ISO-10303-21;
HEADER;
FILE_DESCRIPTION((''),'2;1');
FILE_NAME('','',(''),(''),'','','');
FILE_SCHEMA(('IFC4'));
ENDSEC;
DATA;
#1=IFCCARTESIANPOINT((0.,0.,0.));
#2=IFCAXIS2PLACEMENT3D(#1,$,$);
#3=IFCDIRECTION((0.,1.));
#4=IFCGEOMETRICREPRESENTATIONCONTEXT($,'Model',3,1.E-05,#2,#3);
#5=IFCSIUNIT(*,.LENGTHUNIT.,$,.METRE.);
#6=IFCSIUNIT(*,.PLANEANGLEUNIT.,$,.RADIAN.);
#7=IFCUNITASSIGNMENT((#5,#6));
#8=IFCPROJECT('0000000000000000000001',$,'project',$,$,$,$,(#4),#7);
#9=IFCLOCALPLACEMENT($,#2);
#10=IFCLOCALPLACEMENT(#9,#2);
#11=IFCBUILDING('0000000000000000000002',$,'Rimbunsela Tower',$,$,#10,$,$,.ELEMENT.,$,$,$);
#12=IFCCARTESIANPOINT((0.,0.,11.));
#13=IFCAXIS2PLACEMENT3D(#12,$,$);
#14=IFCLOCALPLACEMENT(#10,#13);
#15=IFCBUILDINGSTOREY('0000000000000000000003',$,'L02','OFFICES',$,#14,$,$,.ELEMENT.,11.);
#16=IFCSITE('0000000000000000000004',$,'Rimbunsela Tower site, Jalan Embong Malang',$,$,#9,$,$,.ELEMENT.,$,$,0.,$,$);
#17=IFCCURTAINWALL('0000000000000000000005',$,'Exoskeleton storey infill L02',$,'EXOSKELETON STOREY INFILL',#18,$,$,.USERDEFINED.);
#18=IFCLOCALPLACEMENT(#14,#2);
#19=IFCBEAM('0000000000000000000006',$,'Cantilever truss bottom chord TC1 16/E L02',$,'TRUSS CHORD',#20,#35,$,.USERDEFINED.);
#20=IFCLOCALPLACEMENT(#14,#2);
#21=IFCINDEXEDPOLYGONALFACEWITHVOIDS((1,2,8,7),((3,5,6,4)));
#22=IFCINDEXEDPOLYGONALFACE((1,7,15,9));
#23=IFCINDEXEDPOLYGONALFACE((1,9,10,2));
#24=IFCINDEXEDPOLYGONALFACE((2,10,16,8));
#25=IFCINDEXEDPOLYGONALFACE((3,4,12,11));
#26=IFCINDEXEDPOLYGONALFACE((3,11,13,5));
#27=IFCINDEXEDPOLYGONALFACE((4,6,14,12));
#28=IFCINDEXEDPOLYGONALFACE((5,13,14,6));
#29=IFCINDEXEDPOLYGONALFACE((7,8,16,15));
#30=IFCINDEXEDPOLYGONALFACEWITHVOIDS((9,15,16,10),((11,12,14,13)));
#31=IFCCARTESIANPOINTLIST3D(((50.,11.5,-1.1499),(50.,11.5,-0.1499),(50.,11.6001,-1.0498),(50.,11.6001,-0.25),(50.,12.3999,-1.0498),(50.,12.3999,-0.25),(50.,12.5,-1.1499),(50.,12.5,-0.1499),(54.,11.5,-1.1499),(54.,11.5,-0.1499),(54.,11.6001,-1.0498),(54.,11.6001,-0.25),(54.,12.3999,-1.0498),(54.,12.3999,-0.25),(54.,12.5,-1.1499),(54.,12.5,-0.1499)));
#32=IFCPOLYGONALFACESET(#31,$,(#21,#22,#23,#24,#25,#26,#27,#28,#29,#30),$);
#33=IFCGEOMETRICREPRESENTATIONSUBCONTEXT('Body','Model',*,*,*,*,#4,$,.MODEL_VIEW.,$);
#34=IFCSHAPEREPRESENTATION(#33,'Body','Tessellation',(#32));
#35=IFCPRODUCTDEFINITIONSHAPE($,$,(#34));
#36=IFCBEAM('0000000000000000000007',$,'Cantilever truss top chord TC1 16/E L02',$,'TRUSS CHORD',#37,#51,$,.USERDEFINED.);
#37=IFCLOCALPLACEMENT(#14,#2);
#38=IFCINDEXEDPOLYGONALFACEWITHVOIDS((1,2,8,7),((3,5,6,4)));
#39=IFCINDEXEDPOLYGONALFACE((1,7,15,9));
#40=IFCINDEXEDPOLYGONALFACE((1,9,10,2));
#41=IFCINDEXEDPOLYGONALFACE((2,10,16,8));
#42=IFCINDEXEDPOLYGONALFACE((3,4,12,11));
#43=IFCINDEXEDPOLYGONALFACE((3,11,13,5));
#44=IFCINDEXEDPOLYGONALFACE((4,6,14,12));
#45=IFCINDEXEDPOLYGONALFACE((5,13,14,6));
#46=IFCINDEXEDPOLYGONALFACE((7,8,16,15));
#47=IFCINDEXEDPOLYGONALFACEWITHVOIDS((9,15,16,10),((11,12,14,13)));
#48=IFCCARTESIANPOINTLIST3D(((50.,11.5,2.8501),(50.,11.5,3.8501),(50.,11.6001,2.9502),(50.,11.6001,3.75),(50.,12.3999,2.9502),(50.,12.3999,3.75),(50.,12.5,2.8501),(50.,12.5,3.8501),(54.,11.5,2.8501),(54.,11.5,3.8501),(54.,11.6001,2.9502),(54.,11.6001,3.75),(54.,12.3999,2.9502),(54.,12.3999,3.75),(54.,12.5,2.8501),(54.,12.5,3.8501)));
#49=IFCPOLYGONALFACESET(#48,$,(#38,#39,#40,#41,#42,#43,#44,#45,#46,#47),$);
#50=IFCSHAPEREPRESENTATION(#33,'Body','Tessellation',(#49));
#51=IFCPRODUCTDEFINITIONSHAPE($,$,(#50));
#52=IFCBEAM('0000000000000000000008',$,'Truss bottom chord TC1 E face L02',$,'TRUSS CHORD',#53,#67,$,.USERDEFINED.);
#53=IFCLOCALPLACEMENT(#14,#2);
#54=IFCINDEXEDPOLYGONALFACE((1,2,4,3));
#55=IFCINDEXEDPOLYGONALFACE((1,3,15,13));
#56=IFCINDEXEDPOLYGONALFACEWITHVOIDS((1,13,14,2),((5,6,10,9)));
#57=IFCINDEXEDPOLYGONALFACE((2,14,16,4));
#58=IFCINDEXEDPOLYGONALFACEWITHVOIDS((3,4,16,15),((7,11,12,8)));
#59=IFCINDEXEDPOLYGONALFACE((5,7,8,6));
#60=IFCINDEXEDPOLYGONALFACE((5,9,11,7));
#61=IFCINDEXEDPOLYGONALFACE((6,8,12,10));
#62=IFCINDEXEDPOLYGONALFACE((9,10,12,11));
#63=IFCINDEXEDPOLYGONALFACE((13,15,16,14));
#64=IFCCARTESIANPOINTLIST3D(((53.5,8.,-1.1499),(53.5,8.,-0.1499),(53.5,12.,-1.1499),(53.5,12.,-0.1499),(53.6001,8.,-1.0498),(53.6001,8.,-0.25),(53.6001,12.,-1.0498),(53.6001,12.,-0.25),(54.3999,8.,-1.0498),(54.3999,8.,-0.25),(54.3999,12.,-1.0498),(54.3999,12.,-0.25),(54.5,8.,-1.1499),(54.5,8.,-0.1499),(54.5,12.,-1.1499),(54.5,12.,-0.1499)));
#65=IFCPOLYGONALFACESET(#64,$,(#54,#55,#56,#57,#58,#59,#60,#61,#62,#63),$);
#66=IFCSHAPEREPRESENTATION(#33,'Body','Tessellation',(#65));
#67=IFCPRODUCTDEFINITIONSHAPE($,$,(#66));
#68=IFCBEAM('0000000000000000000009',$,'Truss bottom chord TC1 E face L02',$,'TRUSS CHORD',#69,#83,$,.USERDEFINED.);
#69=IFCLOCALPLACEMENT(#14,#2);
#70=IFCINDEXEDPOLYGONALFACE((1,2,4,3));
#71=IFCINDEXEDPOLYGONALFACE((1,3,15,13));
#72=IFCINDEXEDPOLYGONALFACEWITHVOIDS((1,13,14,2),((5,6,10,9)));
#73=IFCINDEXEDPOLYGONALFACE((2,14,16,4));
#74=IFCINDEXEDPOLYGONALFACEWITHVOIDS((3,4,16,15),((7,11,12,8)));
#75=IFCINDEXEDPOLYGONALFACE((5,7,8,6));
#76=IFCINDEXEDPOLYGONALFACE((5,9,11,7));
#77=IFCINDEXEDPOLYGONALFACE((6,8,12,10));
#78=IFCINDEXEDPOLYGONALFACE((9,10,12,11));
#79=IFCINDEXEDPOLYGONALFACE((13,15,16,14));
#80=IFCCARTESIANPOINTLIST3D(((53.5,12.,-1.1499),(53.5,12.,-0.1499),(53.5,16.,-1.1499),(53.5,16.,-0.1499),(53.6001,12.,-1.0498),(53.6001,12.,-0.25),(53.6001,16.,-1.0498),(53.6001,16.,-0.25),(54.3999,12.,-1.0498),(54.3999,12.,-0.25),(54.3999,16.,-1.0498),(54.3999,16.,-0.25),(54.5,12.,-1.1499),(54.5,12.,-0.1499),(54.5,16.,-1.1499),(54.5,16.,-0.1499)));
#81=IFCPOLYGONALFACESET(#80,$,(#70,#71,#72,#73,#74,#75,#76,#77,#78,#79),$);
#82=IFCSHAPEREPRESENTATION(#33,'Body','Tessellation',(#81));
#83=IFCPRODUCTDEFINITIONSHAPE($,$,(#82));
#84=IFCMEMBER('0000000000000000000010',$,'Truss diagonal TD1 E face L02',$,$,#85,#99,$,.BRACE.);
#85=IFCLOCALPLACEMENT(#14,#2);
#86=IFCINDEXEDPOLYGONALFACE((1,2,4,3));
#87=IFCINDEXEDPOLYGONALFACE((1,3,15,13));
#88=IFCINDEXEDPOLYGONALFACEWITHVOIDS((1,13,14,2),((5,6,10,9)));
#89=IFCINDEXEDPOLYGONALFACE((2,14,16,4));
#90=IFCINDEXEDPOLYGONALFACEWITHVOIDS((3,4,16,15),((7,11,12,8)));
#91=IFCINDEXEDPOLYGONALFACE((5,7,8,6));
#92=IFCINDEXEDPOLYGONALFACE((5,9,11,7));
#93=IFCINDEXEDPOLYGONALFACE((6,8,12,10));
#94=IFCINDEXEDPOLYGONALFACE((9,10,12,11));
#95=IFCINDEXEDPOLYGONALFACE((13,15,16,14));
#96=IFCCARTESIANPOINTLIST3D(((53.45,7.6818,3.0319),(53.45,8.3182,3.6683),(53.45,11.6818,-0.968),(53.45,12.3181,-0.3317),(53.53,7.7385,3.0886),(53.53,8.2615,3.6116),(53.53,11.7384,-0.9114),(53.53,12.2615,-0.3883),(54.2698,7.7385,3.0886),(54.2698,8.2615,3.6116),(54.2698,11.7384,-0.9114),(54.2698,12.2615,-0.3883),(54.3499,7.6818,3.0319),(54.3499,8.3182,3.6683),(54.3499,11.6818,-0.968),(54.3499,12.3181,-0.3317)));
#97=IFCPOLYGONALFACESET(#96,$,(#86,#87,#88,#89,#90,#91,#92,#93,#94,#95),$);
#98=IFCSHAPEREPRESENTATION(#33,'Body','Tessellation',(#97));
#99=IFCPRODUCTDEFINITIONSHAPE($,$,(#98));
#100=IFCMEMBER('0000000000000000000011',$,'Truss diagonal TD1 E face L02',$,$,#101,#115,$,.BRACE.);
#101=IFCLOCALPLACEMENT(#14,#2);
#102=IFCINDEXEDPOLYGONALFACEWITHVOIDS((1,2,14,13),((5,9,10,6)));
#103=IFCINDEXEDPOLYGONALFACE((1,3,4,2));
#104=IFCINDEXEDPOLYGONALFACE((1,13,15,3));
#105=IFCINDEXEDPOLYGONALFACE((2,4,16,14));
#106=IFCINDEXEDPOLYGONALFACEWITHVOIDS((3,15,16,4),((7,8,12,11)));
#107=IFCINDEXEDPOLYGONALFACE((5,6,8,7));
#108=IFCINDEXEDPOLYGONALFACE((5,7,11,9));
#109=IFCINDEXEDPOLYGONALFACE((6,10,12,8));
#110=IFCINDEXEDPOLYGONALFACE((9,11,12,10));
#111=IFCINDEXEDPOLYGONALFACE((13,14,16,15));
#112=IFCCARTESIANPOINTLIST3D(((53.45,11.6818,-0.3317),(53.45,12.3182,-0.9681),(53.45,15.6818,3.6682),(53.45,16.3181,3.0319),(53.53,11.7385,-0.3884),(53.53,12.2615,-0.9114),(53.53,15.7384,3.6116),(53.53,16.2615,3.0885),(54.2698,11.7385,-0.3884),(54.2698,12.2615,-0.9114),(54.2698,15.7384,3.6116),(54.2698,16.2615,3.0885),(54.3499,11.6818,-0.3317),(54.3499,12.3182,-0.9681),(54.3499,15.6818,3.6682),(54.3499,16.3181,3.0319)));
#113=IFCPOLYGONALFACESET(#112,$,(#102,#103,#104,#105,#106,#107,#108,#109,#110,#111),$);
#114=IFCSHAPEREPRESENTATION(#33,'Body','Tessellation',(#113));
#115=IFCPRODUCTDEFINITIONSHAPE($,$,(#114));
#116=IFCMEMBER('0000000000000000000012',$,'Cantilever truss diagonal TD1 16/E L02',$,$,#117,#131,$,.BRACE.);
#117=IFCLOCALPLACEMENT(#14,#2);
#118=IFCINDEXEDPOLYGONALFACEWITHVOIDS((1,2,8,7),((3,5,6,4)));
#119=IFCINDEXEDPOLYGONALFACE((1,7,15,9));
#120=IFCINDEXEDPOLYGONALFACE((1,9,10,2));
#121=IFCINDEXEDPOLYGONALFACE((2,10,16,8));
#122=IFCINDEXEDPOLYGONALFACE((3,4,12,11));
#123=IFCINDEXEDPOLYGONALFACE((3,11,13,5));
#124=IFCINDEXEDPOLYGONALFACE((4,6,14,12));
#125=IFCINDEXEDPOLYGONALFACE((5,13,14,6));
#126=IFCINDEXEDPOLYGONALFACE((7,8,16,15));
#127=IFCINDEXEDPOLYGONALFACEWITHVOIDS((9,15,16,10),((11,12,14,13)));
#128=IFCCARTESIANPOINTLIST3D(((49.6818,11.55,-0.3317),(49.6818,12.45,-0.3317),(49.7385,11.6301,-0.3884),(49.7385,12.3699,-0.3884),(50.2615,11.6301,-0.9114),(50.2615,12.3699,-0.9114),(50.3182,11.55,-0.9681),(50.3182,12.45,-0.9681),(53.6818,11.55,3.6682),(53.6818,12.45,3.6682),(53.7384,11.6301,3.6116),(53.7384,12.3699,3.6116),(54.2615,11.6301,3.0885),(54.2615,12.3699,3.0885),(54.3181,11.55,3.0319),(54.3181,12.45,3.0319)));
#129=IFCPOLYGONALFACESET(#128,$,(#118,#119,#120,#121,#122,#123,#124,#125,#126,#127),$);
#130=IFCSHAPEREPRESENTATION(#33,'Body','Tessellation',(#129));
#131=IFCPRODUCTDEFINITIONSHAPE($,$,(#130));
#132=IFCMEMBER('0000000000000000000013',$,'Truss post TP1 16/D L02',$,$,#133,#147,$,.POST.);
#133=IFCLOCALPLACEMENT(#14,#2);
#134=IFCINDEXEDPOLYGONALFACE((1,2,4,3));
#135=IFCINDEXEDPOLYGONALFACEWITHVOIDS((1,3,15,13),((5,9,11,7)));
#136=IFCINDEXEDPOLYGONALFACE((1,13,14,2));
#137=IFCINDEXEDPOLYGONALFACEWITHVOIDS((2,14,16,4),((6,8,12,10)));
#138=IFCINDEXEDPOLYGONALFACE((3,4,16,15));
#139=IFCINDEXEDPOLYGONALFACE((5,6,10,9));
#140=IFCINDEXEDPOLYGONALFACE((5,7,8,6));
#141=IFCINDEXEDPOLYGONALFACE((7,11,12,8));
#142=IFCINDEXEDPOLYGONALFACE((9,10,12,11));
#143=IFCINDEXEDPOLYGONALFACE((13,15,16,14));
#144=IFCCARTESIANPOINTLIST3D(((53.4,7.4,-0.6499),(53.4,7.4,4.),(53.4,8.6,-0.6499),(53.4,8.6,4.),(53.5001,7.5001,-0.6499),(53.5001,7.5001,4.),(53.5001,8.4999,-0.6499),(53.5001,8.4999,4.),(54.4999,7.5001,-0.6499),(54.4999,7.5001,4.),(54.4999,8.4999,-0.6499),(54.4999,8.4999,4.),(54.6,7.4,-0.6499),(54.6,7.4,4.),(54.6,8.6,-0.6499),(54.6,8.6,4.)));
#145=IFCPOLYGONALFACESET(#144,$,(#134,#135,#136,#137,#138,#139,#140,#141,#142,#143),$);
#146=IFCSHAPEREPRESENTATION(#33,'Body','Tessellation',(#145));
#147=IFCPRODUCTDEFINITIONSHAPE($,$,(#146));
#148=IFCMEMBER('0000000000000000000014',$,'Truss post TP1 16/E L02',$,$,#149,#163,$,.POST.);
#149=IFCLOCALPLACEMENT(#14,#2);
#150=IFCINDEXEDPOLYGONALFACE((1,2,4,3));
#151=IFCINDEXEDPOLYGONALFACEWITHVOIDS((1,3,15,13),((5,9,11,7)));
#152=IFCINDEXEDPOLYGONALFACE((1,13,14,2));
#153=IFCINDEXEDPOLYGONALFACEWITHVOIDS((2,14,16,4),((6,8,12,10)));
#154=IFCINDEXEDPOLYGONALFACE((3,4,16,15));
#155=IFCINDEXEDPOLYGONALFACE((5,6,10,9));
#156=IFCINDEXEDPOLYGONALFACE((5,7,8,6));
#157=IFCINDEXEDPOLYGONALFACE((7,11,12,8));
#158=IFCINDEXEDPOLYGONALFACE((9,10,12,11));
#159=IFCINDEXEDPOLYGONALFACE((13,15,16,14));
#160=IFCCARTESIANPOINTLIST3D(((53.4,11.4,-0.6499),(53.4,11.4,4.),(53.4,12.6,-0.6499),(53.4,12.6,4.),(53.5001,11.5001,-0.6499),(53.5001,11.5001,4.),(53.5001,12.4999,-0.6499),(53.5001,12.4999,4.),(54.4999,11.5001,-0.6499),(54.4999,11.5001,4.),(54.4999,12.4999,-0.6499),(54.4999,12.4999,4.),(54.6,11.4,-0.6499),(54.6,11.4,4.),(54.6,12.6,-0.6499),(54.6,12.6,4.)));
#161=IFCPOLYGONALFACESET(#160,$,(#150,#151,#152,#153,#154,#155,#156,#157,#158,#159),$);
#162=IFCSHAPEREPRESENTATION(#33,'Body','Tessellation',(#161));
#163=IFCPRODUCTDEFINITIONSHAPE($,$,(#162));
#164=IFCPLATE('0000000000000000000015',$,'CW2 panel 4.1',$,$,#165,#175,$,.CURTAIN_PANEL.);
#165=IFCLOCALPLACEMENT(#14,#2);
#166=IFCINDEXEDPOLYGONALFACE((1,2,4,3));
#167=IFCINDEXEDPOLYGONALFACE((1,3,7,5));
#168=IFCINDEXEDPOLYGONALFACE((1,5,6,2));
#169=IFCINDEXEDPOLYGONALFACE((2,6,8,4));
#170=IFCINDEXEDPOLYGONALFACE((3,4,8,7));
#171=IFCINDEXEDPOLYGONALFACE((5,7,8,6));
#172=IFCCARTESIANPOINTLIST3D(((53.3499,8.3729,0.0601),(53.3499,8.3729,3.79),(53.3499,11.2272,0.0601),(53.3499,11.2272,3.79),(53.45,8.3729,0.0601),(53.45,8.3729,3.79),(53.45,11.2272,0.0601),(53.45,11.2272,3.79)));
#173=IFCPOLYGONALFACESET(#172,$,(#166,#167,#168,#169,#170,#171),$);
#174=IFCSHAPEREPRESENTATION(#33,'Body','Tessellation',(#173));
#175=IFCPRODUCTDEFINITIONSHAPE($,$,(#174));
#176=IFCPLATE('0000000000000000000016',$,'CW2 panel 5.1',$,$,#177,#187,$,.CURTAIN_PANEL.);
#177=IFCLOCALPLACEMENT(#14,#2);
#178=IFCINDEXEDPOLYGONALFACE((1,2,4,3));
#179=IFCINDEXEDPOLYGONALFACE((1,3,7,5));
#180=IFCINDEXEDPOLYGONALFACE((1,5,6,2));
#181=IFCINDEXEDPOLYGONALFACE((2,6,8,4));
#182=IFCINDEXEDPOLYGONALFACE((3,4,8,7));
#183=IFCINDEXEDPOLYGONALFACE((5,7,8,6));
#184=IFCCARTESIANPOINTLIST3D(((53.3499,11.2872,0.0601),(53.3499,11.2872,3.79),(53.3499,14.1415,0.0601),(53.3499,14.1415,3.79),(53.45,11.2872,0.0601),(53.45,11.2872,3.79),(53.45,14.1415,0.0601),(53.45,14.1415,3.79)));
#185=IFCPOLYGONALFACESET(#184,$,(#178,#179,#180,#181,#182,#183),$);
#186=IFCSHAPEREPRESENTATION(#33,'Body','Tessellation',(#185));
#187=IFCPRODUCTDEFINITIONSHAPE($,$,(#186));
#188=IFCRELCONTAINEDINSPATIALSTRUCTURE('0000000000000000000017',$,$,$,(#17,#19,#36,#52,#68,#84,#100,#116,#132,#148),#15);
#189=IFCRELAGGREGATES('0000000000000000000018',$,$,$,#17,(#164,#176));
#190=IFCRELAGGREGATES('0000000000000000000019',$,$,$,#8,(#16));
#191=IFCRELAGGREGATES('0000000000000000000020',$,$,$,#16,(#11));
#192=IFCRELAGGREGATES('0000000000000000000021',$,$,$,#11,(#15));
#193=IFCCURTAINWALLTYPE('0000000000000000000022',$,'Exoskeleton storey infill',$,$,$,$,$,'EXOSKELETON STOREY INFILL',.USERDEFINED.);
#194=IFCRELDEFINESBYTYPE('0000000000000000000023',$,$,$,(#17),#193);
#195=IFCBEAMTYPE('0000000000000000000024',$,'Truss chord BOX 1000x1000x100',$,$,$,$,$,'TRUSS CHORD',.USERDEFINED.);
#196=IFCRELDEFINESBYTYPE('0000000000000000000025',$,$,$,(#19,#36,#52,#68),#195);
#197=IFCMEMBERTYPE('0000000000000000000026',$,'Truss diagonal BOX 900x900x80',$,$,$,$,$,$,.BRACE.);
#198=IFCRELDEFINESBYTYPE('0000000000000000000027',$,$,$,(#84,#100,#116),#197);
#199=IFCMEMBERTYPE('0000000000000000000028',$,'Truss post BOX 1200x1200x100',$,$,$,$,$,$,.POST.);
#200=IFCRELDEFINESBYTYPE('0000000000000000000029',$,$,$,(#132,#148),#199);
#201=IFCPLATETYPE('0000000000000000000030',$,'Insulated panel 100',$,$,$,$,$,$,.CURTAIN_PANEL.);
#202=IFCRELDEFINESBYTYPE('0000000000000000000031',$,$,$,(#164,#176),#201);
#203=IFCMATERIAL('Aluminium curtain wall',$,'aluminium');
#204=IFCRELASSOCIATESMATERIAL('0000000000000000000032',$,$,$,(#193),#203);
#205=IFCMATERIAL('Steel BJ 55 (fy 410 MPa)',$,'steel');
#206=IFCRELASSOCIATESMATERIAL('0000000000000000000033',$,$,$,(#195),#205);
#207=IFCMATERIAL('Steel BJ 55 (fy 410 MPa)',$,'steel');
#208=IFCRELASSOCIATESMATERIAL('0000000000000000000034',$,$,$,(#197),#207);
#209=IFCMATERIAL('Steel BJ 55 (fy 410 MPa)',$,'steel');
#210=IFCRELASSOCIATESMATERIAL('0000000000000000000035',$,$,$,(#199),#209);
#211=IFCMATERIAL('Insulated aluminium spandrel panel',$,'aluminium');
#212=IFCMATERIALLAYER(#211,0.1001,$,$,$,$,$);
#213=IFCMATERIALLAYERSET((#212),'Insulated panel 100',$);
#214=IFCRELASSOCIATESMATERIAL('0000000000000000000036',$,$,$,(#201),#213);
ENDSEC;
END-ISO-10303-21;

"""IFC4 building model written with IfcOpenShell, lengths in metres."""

from ifc_helpers import new_model, si_unit, direction, frame, origin, origin_2d, place, context, subcontext, project, spatial, rectangle, hollow_rectangle, extrude, material, layer, layer_set, material_profile, profile_set, type_object, element, aggregate, save


model = new_model("IFC4")

# Units and contexts
model_context = context("Model", 3, precision=1e-05, world=origin(), true_north=direction((0.0, 1.0)))
body_context = subcontext(model_context, "Body", "Model", "MODEL_VIEW")
ifc_project = project(units=[si_unit("LENGTHUNIT", "METRE"), si_unit("PLANEANGLEUNIT", "RADIAN")], contexts=[model_context])

# Site, building, storey
site_placement = place(None, origin())
site = spatial("IfcSite", under=ifc_project, at=site_placement, Name="Rimbunsela Tower site, Jalan Embong Malang", CompositionType="ELEMENT", RefElevation=0.0)
building_placement = place(site_placement, origin())
building = spatial("IfcBuilding", under=site, at=building_placement, Name="Rimbunsela Tower", CompositionType="ELEMENT")
storey_placement = place(building_placement, frame((0.0, 0.0, 11.0)))
storey = spatial("IfcBuildingStorey", under=building, at=storey_placement, Name="L02", Description="OFFICES", CompositionType="ELEMENT", Elevation=11.0)

# Curtain wall
ifc_material_1 = material(Name="Aluminium curtain wall", Category="aluminium")
curtain_wall_type = type_object("IfcCurtainWallType", Name="Exoskeleton storey infill", ElementType="EXOSKELETON STOREY INFILL", PredefinedType="USERDEFINED", material=ifc_material_1)
curtain_wall_placement = place(storey_placement, origin())
curtain_wall = element("IfcCurtainWall", 1, at=curtain_wall_placement, inside=storey, type_object=curtain_wall_type, Name="Exoskeleton storey infill L02", ObjectType="EXOSKELETON STOREY INFILL", PredefinedType="USERDEFINED")

# Beams
ifc_material_2 = material(Name="Steel BJ 55 (fy 410 MPa)", Category="steel")
ifc_material_profile_1 = material_profile(ifc_material_2, hollow_rectangle(XDim=1.0, YDim=1.0, WallThickness=0.1001, at=origin_2d()), Name="BOX 1000x1000x100")
ifc_profile_set_1 = profile_set([ifc_material_profile_1], Name="Steel BJ 55 (fy 410 MPa)")
beam_type_1 = type_object("IfcBeamType", Name="Truss chord BOX 1000x1000x100", ElementType="TRUSS CHORD", PredefinedType="USERDEFINED", material=ifc_profile_set_1)
for number, where, z_axis, x_axis, name in (
    (2, (50.0, 12.0, -0.6499), (1.0, 0.0, 0.0), (0.0, 1.0, 0.0), "Cantilever truss bottom chord TC1 16/E L02"),
    (3, (50.0, 12.0, 3.3501), (1.0, 0.0, 0.0), (0.0, 1.0, 0.0), "Cantilever truss top chord TC1 16/E L02"),
    (4, (54.0, 8.0, -0.6499), (0.0, 1.0, 0.0), (-1.0, 0.0, 0.0), "Truss bottom chord TC1 E face L02"),
    (5, (54.0, 12.0, -0.6499), (0.0, 1.0, 0.0), (-1.0, 0.0, 0.0), "Truss bottom chord TC1 E face L02"),
):
    element("IfcBeam", number, at=place(storey_placement, frame(where, z_axis=z_axis, x_axis=x_axis)), inside=storey, type_object=beam_type_1, Name=name, ObjectType="TRUSS CHORD", PredefinedType="USERDEFINED", context=body_context, shape_type="SweptSolid", body=[
        extrude(hollow_rectangle(XDim=1.0, YDim=1.0, WallThickness=0.1001, at=origin_2d()), origin(), (0.0, 0.0, 1.0), 4.0),
    ])

# Members
ifc_material_3 = material(Name="Steel BJ 55 (fy 410 MPa)", Category="steel")
ifc_material_profile_2 = material_profile(ifc_material_3, hollow_rectangle(XDim=0.8999, YDim=0.8999, WallThickness=0.0801, at=origin_2d()), Name="BOX 900x900x80")
ifc_profile_set_2 = profile_set([ifc_material_profile_2], Name="Steel BJ 55 (fy 410 MPa)")
member_type_1 = type_object("IfcMemberType", Name="Truss diagonal BOX 900x900x80", PredefinedType="BRACE", material=ifc_profile_set_2)
for number, where, z_axis, x_axis, name in (
    (6, (53.8999, 8.0, 3.3501), (0.0, 0.707107, -0.707107), (-1.0, 0.0, 0.0), "Truss diagonal TD1 E face L02"),
    (7, (53.8999, 12.0, -0.6499), (0.0, 0.707107, 0.707107), (-1.0, 0.0, 0.0), "Truss diagonal TD1 E face L02"),
    (8, (50.0, 12.0, -0.6499), (0.707107, 0.0, 0.707107), (0.0, 1.0, 0.0), "Cantilever truss diagonal TD1 16/E L02"),
):
    element("IfcMember", number, at=place(storey_placement, frame(where, z_axis=z_axis, x_axis=x_axis)), inside=storey, type_object=member_type_1, Name=name, PredefinedType="BRACE", context=body_context, shape_type="SweptSolid", body=[
        extrude(hollow_rectangle(XDim=0.8999, YDim=0.8999, WallThickness=0.0801, at=origin_2d()), origin(), (0.0, 0.0, 1.0), 5.6567),
    ])
ifc_material_4 = material(Name="Steel BJ 55 (fy 410 MPa)", Category="steel")
ifc_material_profile_3 = material_profile(ifc_material_4, hollow_rectangle(XDim=1.2, YDim=1.2, WallThickness=0.1001, at=origin_2d()), Name="BOX 1200x1200x100")
ifc_profile_set_3 = profile_set([ifc_material_profile_3], Name="Steel BJ 55 (fy 410 MPa)")
member_type_2 = type_object("IfcMemberType", Name="Truss post BOX 1200x1200x100", PredefinedType="POST", material=ifc_profile_set_3)
for number, where, z_axis, x_axis, name in (
    (9, (54.0, 8.0, -0.6499), (0.0, 0.0, 1.0), (1.0, 0.0, 0.0), "Truss post TP1 16/D L02"),
    (10, (54.0, 12.0, -0.6499), (0.0, 0.0, 1.0), (1.0, 0.0, 0.0), "Truss post TP1 16/E L02"),
):
    element("IfcMember", number, at=place(storey_placement, frame(where, z_axis=z_axis, x_axis=x_axis)), inside=storey, type_object=member_type_2, Name=name, PredefinedType="POST", context=body_context, shape_type="SweptSolid", body=[
        extrude(hollow_rectangle(XDim=1.2, YDim=1.2, WallThickness=0.1001, at=origin_2d()), origin(), (0.0, 0.0, 1.0), 4.6499),
    ])

# Plates
ifc_material_5 = material(Name="Insulated aluminium spandrel panel", Category="aluminium")
ifc_layer = layer(ifc_material_5, 0.1001)
ifc_layer_set = layer_set([ifc_layer], Name="Insulated panel 100")
plate_type = type_object("IfcPlateType", Name="Insulated panel 100", PredefinedType="CURTAIN_PANEL", material=ifc_layer_set)
plate_1_placement = place(storey_placement, frame((53.3999, 9.8, 0.0601), z_axis=(0.0, 0.0, 1.0), x_axis=(0.0, 1.0, 0.0)))
plate_1 = element("IfcPlate", 11, at=plate_1_placement, type_object=plate_type, Name="CW2 panel 4.1", PredefinedType="CURTAIN_PANEL", context=body_context, shape_type="SweptSolid", body=[
    extrude(rectangle(XDim=2.8542, YDim=0.1001, at=origin_2d()), origin(), (0.0, 0.0, 1.0), 3.73),
])
plate_2_placement = place(storey_placement, frame((53.3999, 12.7144, 0.0601), z_axis=(0.0, 0.0, 1.0), x_axis=(0.0, 1.0, 0.0)))
plate_2 = element("IfcPlate", 12, at=plate_2_placement, type_object=plate_type, Name="CW2 panel 5.1", PredefinedType="CURTAIN_PANEL", context=body_context, shape_type="SweptSolid", body=[
    extrude(rectangle(XDim=2.8542, YDim=0.1001, at=origin_2d()), origin(), (0.0, 0.0, 1.0), 3.73),
])
aggregate(curtain_wall, [plate_1, plate_2])

save(model, "model.ifc")
